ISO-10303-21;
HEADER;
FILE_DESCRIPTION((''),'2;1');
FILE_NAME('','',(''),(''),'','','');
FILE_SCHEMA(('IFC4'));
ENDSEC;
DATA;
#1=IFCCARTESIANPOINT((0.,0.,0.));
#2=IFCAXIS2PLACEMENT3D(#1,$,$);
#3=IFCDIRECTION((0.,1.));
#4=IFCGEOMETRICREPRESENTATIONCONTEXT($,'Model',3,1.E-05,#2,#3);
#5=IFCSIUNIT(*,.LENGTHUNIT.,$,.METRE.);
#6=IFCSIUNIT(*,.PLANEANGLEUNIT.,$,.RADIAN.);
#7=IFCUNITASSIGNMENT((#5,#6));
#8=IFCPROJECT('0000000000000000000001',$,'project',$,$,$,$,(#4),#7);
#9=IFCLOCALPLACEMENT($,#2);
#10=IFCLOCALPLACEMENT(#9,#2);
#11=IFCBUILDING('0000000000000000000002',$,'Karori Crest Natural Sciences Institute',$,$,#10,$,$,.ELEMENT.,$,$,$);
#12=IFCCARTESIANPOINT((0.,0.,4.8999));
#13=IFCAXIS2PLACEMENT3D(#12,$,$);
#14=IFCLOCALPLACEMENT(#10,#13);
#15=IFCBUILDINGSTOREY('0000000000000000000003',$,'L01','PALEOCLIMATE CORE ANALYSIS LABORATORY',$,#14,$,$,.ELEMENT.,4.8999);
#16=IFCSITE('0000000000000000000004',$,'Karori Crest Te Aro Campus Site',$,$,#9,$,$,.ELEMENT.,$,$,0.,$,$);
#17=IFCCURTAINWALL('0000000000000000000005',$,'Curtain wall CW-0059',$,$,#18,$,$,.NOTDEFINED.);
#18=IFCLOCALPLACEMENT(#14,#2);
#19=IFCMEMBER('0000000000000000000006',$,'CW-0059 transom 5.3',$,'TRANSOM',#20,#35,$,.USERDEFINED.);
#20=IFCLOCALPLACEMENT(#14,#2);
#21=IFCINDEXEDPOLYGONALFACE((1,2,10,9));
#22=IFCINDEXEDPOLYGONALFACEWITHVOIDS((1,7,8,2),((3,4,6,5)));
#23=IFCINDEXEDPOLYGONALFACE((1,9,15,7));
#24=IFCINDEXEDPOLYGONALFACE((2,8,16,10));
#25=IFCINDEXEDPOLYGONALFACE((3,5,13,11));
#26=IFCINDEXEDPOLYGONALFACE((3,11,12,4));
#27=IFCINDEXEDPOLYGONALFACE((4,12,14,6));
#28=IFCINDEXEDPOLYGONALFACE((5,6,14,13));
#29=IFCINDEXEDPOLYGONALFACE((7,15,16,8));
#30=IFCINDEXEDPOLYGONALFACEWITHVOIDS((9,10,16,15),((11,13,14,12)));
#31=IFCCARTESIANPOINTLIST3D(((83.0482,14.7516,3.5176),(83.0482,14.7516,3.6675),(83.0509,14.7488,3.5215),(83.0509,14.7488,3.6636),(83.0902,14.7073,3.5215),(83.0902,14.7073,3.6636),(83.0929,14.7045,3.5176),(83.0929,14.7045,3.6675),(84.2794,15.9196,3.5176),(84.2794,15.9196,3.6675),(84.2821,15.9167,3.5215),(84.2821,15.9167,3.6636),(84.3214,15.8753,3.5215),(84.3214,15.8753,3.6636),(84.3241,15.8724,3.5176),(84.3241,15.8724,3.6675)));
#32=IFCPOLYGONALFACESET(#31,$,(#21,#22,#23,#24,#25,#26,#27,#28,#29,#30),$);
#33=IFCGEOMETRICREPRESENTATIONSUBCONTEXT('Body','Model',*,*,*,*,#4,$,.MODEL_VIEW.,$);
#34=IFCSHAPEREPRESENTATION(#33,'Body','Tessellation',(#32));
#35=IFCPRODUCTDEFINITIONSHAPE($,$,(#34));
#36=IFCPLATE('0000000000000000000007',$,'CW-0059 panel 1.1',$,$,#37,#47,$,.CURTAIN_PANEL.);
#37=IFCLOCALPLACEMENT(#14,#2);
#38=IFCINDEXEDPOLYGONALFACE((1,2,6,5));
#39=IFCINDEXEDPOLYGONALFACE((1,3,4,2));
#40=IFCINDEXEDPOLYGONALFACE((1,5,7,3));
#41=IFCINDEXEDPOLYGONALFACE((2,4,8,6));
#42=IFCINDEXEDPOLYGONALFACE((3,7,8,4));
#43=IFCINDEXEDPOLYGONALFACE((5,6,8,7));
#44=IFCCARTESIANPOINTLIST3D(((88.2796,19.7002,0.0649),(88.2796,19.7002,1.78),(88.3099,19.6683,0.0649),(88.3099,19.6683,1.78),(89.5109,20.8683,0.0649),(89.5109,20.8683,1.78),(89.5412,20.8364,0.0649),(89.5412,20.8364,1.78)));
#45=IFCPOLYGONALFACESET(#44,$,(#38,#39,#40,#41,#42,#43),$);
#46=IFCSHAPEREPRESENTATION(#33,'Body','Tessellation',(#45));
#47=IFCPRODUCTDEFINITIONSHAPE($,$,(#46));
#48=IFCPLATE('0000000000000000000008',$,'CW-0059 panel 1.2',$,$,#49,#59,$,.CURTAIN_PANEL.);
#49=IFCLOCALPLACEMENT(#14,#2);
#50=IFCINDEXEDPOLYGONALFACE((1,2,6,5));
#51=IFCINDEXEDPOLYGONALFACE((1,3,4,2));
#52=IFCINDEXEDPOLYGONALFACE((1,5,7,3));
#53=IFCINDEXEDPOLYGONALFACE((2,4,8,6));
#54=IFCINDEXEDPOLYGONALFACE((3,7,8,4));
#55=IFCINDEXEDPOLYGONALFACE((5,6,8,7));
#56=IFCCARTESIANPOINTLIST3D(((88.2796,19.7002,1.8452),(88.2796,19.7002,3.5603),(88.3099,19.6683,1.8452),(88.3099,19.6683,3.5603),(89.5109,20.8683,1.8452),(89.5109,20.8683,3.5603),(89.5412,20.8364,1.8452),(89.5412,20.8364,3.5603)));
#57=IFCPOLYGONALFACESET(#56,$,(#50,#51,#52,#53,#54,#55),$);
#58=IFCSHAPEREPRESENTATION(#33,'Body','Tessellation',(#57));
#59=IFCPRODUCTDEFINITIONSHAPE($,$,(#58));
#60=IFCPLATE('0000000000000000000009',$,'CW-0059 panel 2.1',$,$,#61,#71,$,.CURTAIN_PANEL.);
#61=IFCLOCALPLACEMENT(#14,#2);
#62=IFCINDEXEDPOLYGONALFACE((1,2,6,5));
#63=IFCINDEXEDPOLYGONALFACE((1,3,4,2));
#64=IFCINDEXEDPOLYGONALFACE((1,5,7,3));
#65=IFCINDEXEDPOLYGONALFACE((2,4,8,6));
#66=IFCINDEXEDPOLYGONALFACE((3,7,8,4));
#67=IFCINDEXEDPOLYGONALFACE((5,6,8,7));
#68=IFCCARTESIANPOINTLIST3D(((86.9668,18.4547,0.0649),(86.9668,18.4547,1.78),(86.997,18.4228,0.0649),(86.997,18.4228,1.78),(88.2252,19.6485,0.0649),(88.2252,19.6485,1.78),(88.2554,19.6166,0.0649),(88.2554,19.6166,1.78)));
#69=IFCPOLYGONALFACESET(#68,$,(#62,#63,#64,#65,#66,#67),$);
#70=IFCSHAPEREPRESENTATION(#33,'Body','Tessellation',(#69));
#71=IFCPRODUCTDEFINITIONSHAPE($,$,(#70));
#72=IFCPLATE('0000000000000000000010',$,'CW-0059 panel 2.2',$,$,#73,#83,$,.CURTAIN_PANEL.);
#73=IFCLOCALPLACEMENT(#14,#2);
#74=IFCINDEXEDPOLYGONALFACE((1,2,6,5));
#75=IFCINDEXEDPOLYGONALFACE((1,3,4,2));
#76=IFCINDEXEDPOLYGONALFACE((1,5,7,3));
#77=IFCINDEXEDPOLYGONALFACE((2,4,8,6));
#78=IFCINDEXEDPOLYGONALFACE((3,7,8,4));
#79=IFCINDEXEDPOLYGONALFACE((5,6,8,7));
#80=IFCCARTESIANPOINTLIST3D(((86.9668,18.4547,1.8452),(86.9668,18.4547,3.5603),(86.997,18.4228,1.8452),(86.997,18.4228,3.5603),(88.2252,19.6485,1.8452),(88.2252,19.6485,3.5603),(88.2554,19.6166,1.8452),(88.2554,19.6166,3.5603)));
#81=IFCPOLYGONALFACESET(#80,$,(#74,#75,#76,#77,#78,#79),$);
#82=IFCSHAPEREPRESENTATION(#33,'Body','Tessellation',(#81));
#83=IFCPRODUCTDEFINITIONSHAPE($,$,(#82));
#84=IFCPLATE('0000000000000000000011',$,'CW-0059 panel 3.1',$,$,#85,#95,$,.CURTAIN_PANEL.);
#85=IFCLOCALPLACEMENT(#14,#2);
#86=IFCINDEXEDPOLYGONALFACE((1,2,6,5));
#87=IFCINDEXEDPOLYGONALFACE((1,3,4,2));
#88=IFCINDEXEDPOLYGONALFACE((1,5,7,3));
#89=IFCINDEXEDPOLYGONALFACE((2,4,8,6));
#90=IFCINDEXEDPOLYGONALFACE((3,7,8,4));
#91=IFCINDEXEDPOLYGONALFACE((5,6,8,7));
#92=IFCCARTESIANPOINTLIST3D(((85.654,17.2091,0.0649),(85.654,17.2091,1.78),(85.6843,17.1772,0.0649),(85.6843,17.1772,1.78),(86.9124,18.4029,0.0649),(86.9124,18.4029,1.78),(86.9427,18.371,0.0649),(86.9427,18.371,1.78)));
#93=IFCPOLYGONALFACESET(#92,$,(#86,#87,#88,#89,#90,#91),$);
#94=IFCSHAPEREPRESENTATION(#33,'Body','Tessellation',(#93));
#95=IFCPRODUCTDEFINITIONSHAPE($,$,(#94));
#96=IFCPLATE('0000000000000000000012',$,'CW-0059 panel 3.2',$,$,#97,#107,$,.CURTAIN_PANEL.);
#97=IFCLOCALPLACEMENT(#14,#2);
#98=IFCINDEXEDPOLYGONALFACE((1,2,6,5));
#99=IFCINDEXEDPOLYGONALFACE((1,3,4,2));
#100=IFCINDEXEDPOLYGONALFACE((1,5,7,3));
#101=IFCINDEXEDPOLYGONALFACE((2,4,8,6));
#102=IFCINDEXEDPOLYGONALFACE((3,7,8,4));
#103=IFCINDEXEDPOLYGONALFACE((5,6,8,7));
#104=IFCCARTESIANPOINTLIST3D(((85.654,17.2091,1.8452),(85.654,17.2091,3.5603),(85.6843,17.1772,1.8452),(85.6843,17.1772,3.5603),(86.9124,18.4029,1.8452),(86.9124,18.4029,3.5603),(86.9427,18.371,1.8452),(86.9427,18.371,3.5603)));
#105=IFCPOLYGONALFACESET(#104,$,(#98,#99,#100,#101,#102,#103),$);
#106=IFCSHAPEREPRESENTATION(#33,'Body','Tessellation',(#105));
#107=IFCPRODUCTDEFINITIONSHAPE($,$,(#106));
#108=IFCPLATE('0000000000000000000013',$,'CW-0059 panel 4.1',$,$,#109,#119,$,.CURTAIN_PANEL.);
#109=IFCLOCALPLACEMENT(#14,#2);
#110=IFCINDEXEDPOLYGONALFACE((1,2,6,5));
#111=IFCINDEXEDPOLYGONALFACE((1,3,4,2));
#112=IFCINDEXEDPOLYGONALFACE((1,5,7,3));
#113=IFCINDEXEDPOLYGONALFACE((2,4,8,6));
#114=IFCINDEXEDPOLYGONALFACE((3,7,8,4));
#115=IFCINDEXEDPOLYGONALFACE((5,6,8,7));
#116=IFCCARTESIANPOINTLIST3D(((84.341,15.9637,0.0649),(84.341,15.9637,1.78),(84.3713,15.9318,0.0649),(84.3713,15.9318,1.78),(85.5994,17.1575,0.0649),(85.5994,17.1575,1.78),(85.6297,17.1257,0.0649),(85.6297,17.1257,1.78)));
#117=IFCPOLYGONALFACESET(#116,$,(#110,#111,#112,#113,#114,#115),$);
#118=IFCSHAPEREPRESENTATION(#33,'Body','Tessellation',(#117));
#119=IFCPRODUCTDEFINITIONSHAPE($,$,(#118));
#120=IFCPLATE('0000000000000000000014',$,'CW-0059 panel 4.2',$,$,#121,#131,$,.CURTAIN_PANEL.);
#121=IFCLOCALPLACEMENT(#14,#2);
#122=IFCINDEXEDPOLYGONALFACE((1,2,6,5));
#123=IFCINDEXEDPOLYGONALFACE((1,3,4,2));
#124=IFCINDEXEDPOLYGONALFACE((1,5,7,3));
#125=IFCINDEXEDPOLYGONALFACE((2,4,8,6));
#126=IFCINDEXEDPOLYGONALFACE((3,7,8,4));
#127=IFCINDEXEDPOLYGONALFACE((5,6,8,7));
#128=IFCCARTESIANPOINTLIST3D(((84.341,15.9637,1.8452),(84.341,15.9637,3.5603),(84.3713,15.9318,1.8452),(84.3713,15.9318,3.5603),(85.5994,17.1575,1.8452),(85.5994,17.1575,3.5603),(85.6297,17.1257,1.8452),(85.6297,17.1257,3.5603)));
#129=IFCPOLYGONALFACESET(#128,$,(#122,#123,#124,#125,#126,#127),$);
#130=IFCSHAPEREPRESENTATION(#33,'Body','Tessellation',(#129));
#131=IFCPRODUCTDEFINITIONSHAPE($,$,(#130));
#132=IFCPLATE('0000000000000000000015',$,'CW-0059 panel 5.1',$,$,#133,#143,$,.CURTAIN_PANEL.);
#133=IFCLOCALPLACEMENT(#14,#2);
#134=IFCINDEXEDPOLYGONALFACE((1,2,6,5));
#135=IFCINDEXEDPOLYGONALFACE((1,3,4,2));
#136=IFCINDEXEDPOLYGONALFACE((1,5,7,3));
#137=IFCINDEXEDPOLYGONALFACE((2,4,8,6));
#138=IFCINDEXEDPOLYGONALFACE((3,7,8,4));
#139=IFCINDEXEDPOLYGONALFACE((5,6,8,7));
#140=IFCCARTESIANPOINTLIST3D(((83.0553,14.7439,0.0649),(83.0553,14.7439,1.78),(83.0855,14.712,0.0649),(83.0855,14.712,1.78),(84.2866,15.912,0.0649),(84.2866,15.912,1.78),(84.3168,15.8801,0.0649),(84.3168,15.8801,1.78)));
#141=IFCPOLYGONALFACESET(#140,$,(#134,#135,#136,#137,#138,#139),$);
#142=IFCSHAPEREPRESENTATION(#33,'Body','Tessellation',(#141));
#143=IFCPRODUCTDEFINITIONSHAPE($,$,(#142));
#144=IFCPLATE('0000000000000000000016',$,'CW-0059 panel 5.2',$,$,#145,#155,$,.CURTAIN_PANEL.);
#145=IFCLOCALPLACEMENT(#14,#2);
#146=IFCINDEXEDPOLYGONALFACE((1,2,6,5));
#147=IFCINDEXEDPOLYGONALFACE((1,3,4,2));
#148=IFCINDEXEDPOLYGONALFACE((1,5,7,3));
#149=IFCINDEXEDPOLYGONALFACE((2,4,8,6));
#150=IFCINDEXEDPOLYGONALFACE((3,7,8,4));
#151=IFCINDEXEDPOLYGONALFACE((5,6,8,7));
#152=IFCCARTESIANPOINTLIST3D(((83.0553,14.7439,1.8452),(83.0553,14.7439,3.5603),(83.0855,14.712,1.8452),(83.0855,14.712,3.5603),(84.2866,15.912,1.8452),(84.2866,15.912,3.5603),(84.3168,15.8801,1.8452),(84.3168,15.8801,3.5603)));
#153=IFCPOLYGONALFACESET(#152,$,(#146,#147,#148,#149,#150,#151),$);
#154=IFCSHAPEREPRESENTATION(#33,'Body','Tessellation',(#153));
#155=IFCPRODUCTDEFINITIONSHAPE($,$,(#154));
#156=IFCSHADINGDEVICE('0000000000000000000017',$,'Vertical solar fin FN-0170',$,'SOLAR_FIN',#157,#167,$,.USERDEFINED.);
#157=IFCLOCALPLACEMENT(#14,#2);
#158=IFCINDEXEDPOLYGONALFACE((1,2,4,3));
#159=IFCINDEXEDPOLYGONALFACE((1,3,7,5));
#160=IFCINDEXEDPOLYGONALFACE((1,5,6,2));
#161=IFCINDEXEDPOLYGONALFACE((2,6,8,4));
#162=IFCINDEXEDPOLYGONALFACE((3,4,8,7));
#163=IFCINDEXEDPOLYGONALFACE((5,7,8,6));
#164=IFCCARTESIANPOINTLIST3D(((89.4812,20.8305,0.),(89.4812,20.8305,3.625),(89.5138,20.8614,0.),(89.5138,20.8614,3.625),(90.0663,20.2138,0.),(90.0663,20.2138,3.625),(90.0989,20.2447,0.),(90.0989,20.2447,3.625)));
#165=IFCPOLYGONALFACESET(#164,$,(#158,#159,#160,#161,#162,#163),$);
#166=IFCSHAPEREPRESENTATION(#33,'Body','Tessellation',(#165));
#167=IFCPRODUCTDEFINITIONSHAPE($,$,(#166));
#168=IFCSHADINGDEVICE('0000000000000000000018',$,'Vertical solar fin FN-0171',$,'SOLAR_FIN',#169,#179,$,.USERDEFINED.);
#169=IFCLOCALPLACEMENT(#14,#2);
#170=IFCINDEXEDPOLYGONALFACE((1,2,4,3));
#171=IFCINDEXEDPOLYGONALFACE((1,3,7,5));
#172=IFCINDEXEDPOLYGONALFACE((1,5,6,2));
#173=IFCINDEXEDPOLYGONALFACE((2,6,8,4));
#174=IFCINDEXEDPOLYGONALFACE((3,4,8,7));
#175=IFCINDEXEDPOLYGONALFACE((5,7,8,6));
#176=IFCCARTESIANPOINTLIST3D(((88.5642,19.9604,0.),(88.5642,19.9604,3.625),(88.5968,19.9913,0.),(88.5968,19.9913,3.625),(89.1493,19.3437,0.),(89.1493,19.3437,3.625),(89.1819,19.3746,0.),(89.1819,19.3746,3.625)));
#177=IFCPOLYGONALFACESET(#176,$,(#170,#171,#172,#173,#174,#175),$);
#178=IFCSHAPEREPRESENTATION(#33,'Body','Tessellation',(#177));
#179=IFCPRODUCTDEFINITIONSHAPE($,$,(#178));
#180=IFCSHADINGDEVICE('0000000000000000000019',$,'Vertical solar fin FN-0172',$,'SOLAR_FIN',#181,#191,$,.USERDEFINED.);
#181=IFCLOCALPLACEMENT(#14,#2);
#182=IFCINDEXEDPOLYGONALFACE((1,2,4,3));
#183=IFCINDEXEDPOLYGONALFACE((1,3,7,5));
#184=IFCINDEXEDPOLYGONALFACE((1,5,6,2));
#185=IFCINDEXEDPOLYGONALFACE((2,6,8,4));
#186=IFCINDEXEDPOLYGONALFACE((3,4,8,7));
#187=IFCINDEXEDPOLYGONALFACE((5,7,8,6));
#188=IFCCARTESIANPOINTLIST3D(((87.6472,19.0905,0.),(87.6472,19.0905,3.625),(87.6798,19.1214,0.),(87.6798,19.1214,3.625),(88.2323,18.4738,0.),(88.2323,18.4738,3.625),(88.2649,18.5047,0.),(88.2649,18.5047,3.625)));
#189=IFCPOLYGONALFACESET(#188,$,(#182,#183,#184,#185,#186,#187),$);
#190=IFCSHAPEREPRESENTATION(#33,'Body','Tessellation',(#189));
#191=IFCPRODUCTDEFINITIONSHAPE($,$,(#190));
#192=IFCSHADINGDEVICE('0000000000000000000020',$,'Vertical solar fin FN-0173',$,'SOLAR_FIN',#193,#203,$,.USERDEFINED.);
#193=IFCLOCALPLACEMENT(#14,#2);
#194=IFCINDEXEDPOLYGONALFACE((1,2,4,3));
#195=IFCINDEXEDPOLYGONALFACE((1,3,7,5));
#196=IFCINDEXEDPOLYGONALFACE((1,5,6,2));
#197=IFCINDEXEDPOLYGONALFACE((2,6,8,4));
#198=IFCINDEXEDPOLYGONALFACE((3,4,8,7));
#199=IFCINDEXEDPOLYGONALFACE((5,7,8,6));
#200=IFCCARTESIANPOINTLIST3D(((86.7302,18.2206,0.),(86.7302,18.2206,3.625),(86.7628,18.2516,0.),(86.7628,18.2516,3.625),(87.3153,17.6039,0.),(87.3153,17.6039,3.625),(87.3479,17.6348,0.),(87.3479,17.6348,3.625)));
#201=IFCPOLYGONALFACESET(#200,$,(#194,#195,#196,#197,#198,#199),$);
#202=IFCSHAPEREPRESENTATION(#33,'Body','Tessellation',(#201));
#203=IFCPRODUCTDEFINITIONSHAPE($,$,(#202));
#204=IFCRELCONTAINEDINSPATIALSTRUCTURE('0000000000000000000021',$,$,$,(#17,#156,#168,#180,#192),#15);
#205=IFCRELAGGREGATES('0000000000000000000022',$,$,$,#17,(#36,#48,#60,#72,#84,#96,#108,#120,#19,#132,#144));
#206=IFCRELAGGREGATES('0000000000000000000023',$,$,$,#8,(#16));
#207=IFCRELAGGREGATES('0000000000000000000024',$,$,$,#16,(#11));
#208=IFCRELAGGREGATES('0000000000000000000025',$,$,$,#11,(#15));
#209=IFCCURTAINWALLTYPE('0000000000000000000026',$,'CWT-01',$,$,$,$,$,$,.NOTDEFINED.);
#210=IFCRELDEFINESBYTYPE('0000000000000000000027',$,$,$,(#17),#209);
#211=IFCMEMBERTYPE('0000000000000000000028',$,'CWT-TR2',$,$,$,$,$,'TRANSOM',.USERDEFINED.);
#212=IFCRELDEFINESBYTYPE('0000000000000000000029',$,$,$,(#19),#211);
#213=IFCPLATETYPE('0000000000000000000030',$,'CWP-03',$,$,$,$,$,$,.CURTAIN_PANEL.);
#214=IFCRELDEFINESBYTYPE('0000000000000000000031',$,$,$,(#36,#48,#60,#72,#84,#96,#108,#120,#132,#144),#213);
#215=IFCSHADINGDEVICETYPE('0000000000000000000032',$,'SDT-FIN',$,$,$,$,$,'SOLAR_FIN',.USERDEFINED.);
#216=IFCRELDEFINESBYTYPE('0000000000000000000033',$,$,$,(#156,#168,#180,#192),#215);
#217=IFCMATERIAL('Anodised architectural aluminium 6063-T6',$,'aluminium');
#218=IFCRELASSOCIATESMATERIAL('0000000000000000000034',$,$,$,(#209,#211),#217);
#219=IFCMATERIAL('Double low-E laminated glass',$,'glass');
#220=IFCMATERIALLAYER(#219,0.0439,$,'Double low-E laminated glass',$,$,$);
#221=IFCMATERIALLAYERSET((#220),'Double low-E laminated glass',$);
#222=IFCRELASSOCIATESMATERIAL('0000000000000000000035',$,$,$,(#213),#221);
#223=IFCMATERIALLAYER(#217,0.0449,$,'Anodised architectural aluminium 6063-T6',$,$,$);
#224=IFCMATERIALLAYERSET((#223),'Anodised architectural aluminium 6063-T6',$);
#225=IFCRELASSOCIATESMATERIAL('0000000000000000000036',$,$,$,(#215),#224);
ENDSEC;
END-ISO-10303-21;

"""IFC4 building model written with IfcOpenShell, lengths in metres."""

from ifc_helpers import new_model, si_unit, direction, frame, origin, origin_2d, place, context, subcontext, project, spatial, rectangle, hollow_rectangle, extrude, material, layer, layer_set, material_profile, profile_set, type_object, element, aggregate, save


model = new_model("IFC4")

# Units and contexts
model_context = context("Model", 3, precision=1e-05, world=origin(), true_north=direction((0.0, 1.0)))
body_context = subcontext(model_context, "Body", "Model", "MODEL_VIEW")
ifc_project = project(units=[si_unit("LENGTHUNIT", "METRE"), si_unit("PLANEANGLEUNIT", "RADIAN")], contexts=[model_context])

# Site, building, storey
site_placement = place(None, origin())
site = spatial("IfcSite", under=ifc_project, at=site_placement, Name="Karori Crest Te Aro Campus Site", CompositionType="ELEMENT", RefElevation=0.0)
building_placement = place(site_placement, origin())
building = spatial("IfcBuilding", under=site, at=building_placement, Name="Karori Crest Natural Sciences Institute", CompositionType="ELEMENT")
storey_placement = place(building_placement, frame((0.0, 0.0, 4.8999)))
storey = spatial("IfcBuildingStorey", under=building, at=storey_placement, Name="L01", Description="PALEOCLIMATE CORE ANALYSIS LABORATORY", CompositionType="ELEMENT", Elevation=4.8999)

# Curtain wall, member, plates
ifc_material_1 = material(Name="Anodised architectural aluminium 6063-T6", Category="aluminium")
curtain_wall_type = type_object("IfcCurtainWallType", Name="CWT-01", PredefinedType="NOTDEFINED", material=ifc_material_1)
curtain_wall_placement = place(storey_placement, origin())
curtain_wall = element("IfcCurtainWall", 1, at=curtain_wall_placement, inside=storey, type_object=curtain_wall_type, Name="Curtain wall CW-0059", PredefinedType="NOTDEFINED")
ifc_material_profile_1 = material_profile(ifc_material_1, hollow_rectangle(XDim=0.0649, YDim=0.1499, WallThickness=0.0039, at=origin_2d()), Name="CWT150x65x4")
ifc_profile_set_1 = profile_set([ifc_material_profile_1], Name="Anodised architectural aluminium 6063-T6")
member_type_1 = type_object("IfcMemberType", Name="CWT-TR2", ElementType="TRANSOM", PredefinedType="USERDEFINED", material=ifc_profile_set_1)
member_1_placement = place(storey_placement, frame((84.3018, 15.896, 3.5925), z_axis=(-0.725491, -0.688231, 0.0), x_axis=(0.688231, -0.725491, 0.0)))
member_1 = element("IfcMember", 2, at=member_1_placement, type_object=member_type_1, Name="CW-0059 transom 5.3", ObjectType="TRANSOM", PredefinedType="USERDEFINED", context=body_context, shape_type="SweptSolid", body=[
    extrude(hollow_rectangle(XDim=0.0649, YDim=0.1499, WallThickness=0.0039, at=origin_2d()), origin(), (0.0, 0.0, 1.0), 1.697),
])
ifc_material_2 = material(Name="Double low-E laminated glass", Category="glass")
ifc_layer_1 = layer(ifc_material_2, 0.0439, Name="Double low-E laminated glass")
ifc_layer_set_1 = layer_set([ifc_layer_1], Name="Double low-E laminated glass")
plate_type = type_object("IfcPlateType", Name="CWP-03", PredefinedType="CURTAIN_PANEL", material=ifc_layer_set_1)
plate_1_placement = place(storey_placement, frame((88.9104, 20.2683, 0.0649), z_axis=(0.0, 0.0, 1.0), x_axis=(-0.725473, -0.688251, 0.0)))
plate_1 = element("IfcPlate", 3, at=plate_1_placement, type_object=plate_type, Name="CW-0059 panel 1.1", PredefinedType="CURTAIN_PANEL", context=body_context, shape_type="SweptSolid", body=[
    extrude(rectangle(XDim=1.6973, YDim=0.0439, at=origin_2d()), origin(), (0.0, 0.0, 1.0), 1.7151),
])
plate_2_placement = place(storey_placement, frame((88.9104, 20.2683, 1.8452), z_axis=(0.0, 0.0, 1.0), x_axis=(-0.725473, -0.688251, 0.0)))
plate_2 = element("IfcPlate", 4, at=plate_2_placement, type_object=plate_type, Name="CW-0059 panel 1.2", PredefinedType="CURTAIN_PANEL", context=body_context, shape_type="SweptSolid", body=[
    extrude(rectangle(XDim=1.6973, YDim=0.0439, at=origin_2d()), origin(), (0.0, 0.0, 1.0), 1.7151),
])
plate_3_placement = place(storey_placement, frame((87.6111, 19.0356, 0.0649), z_axis=(0.0, 0.0, 1.0), x_axis=(-0.725473, -0.688251, 0.0)))
plate_3 = element("IfcPlate", 5, at=plate_3_placement, type_object=plate_type, Name="CW-0059 panel 2.1", PredefinedType="CURTAIN_PANEL", context=body_context, shape_type="SweptSolid", body=[
    extrude(rectangle(XDim=1.7346, YDim=0.0439, at=origin_2d()), origin(), (0.0, 0.0, 1.0), 1.7151),
])
plate_4_placement = place(storey_placement, frame((87.6111, 19.0356, 1.8452), z_axis=(0.0, 0.0, 1.0), x_axis=(-0.725473, -0.688251, 0.0)))
plate_4 = element("IfcPlate", 6, at=plate_4_placement, type_object=plate_type, Name="CW-0059 panel 2.2", PredefinedType="CURTAIN_PANEL", context=body_context, shape_type="SweptSolid", body=[
    extrude(rectangle(XDim=1.7346, YDim=0.0439, at=origin_2d()), origin(), (0.0, 0.0, 1.0), 1.7151),
])
plate_5_placement = place(storey_placement, frame((86.2983, 17.79, 0.0649), z_axis=(0.0, 0.0, 1.0), x_axis=(-0.725473, -0.688251, 0.0)))
plate_5 = element("IfcPlate", 7, at=plate_5_placement, type_object=plate_type, Name="CW-0059 panel 3.1", PredefinedType="CURTAIN_PANEL", context=body_context, shape_type="SweptSolid", body=[
    extrude(rectangle(XDim=1.7346, YDim=0.0439, at=origin_2d()), origin(), (0.0, 0.0, 1.0), 1.7151),
])
plate_6_placement = place(storey_placement, frame((86.2983, 17.79, 1.8452), z_axis=(0.0, 0.0, 1.0), x_axis=(-0.725473, -0.688251, 0.0)))
plate_6 = element("IfcPlate", 8, at=plate_6_placement, type_object=plate_type, Name="CW-0059 panel 3.2", PredefinedType="CURTAIN_PANEL", context=body_context, shape_type="SweptSolid", body=[
    extrude(rectangle(XDim=1.7346, YDim=0.0439, at=origin_2d()), origin(), (0.0, 0.0, 1.0), 1.7151),
])
plate_7_placement = place(storey_placement, frame((84.9854, 16.5447, 0.0649), z_axis=(0.0, 0.0, 1.0), x_axis=(-0.725473, -0.688251, 0.0)))
plate_7 = element("IfcPlate", 9, at=plate_7_placement, type_object=plate_type, Name="CW-0059 panel 4.1", PredefinedType="CURTAIN_PANEL", context=body_context, shape_type="SweptSolid", body=[
    extrude(rectangle(XDim=1.7346, YDim=0.0439, at=origin_2d()), origin(), (0.0, 0.0, 1.0), 1.7151),
])
plate_8_placement = place(storey_placement, frame((84.9854, 16.5447, 1.8452), z_axis=(0.0, 0.0, 1.0), x_axis=(-0.725473, -0.688251, 0.0)))
plate_8 = element("IfcPlate", 10, at=plate_8_placement, type_object=plate_type, Name="CW-0059 panel 4.2", PredefinedType="CURTAIN_PANEL", context=body_context, shape_type="SweptSolid", body=[
    extrude(rectangle(XDim=1.7346, YDim=0.0439, at=origin_2d()), origin(), (0.0, 0.0, 1.0), 1.7151),
])
plate_9_placement = place(storey_placement, frame((83.686, 15.312, 0.0649), z_axis=(0.0, 0.0, 1.0), x_axis=(-0.725473, -0.688251, 0.0)))
plate_9 = element("IfcPlate", 11, at=plate_9_placement, type_object=plate_type, Name="CW-0059 panel 5.1", PredefinedType="CURTAIN_PANEL", context=body_context, shape_type="SweptSolid", body=[
    extrude(rectangle(XDim=1.6973, YDim=0.0439, at=origin_2d()), origin(), (0.0, 0.0, 1.0), 1.7151),
])
plate_10_placement = place(storey_placement, frame((83.686, 15.312, 1.8452), z_axis=(0.0, 0.0, 1.0), x_axis=(-0.725473, -0.688251, 0.0)))
plate_10 = element("IfcPlate", 12, at=plate_10_placement, type_object=plate_type, Name="CW-0059 panel 5.2", PredefinedType="CURTAIN_PANEL", context=body_context, shape_type="SweptSolid", body=[
    extrude(rectangle(XDim=1.6973, YDim=0.0439, at=origin_2d()), origin(), (0.0, 0.0, 1.0), 1.7151),
])
aggregate(curtain_wall, [plate_1, plate_2, plate_3, plate_4, plate_5, plate_6, plate_7, plate_8, member_1, plate_9, plate_10])

# Shading devices
ifc_layer_2 = layer(ifc_material_1, 0.0449, Name="Anodised architectural aluminium 6063-T6")
ifc_layer_set_2 = layer_set([ifc_layer_2], Name="Anodised architectural aluminium 6063-T6")
shading_device_type = type_object("IfcShadingDeviceType", Name="SDT-FIN", ElementType="SOLAR_FIN", PredefinedType="USERDEFINED", material=ifc_layer_set_2)
for number, where, z_axis, x_axis, name in (
    (13, (89.79, 20.5376, 0.0), (0.0, 0.0, 1.0), (0.688251, -0.725473, 0.0), "Vertical solar fin FN-0170"),
    (14, (88.873, 19.6675, 0.0), (0.0, 0.0, 1.0), (0.688251, -0.725473, 0.0), "Vertical solar fin FN-0171"),
    (15, (87.9561, 18.7976, 0.0), (0.0, 0.0, 1.0), (0.688251, -0.725473, 0.0), "Vertical solar fin FN-0172"),
    (16, (87.0391, 17.9277, 0.0), (0.0, 0.0, 1.0), (0.688251, -0.725473, 0.0), "Vertical solar fin FN-0173"),
):
    element("IfcShadingDevice", number, at=place(storey_placement, frame(where, z_axis=z_axis, x_axis=x_axis)), inside=storey, type_object=shading_device_type, Name=name, ObjectType="SOLAR_FIN", PredefinedType="USERDEFINED", context=body_context, shape_type="SweptSolid", body=[
        extrude(rectangle(XDim=0.8501, YDim=0.0449, at=origin_2d()), origin(), (0.0, 0.0, 1.0), 3.625),
    ])

save(model, "model.ifc")
